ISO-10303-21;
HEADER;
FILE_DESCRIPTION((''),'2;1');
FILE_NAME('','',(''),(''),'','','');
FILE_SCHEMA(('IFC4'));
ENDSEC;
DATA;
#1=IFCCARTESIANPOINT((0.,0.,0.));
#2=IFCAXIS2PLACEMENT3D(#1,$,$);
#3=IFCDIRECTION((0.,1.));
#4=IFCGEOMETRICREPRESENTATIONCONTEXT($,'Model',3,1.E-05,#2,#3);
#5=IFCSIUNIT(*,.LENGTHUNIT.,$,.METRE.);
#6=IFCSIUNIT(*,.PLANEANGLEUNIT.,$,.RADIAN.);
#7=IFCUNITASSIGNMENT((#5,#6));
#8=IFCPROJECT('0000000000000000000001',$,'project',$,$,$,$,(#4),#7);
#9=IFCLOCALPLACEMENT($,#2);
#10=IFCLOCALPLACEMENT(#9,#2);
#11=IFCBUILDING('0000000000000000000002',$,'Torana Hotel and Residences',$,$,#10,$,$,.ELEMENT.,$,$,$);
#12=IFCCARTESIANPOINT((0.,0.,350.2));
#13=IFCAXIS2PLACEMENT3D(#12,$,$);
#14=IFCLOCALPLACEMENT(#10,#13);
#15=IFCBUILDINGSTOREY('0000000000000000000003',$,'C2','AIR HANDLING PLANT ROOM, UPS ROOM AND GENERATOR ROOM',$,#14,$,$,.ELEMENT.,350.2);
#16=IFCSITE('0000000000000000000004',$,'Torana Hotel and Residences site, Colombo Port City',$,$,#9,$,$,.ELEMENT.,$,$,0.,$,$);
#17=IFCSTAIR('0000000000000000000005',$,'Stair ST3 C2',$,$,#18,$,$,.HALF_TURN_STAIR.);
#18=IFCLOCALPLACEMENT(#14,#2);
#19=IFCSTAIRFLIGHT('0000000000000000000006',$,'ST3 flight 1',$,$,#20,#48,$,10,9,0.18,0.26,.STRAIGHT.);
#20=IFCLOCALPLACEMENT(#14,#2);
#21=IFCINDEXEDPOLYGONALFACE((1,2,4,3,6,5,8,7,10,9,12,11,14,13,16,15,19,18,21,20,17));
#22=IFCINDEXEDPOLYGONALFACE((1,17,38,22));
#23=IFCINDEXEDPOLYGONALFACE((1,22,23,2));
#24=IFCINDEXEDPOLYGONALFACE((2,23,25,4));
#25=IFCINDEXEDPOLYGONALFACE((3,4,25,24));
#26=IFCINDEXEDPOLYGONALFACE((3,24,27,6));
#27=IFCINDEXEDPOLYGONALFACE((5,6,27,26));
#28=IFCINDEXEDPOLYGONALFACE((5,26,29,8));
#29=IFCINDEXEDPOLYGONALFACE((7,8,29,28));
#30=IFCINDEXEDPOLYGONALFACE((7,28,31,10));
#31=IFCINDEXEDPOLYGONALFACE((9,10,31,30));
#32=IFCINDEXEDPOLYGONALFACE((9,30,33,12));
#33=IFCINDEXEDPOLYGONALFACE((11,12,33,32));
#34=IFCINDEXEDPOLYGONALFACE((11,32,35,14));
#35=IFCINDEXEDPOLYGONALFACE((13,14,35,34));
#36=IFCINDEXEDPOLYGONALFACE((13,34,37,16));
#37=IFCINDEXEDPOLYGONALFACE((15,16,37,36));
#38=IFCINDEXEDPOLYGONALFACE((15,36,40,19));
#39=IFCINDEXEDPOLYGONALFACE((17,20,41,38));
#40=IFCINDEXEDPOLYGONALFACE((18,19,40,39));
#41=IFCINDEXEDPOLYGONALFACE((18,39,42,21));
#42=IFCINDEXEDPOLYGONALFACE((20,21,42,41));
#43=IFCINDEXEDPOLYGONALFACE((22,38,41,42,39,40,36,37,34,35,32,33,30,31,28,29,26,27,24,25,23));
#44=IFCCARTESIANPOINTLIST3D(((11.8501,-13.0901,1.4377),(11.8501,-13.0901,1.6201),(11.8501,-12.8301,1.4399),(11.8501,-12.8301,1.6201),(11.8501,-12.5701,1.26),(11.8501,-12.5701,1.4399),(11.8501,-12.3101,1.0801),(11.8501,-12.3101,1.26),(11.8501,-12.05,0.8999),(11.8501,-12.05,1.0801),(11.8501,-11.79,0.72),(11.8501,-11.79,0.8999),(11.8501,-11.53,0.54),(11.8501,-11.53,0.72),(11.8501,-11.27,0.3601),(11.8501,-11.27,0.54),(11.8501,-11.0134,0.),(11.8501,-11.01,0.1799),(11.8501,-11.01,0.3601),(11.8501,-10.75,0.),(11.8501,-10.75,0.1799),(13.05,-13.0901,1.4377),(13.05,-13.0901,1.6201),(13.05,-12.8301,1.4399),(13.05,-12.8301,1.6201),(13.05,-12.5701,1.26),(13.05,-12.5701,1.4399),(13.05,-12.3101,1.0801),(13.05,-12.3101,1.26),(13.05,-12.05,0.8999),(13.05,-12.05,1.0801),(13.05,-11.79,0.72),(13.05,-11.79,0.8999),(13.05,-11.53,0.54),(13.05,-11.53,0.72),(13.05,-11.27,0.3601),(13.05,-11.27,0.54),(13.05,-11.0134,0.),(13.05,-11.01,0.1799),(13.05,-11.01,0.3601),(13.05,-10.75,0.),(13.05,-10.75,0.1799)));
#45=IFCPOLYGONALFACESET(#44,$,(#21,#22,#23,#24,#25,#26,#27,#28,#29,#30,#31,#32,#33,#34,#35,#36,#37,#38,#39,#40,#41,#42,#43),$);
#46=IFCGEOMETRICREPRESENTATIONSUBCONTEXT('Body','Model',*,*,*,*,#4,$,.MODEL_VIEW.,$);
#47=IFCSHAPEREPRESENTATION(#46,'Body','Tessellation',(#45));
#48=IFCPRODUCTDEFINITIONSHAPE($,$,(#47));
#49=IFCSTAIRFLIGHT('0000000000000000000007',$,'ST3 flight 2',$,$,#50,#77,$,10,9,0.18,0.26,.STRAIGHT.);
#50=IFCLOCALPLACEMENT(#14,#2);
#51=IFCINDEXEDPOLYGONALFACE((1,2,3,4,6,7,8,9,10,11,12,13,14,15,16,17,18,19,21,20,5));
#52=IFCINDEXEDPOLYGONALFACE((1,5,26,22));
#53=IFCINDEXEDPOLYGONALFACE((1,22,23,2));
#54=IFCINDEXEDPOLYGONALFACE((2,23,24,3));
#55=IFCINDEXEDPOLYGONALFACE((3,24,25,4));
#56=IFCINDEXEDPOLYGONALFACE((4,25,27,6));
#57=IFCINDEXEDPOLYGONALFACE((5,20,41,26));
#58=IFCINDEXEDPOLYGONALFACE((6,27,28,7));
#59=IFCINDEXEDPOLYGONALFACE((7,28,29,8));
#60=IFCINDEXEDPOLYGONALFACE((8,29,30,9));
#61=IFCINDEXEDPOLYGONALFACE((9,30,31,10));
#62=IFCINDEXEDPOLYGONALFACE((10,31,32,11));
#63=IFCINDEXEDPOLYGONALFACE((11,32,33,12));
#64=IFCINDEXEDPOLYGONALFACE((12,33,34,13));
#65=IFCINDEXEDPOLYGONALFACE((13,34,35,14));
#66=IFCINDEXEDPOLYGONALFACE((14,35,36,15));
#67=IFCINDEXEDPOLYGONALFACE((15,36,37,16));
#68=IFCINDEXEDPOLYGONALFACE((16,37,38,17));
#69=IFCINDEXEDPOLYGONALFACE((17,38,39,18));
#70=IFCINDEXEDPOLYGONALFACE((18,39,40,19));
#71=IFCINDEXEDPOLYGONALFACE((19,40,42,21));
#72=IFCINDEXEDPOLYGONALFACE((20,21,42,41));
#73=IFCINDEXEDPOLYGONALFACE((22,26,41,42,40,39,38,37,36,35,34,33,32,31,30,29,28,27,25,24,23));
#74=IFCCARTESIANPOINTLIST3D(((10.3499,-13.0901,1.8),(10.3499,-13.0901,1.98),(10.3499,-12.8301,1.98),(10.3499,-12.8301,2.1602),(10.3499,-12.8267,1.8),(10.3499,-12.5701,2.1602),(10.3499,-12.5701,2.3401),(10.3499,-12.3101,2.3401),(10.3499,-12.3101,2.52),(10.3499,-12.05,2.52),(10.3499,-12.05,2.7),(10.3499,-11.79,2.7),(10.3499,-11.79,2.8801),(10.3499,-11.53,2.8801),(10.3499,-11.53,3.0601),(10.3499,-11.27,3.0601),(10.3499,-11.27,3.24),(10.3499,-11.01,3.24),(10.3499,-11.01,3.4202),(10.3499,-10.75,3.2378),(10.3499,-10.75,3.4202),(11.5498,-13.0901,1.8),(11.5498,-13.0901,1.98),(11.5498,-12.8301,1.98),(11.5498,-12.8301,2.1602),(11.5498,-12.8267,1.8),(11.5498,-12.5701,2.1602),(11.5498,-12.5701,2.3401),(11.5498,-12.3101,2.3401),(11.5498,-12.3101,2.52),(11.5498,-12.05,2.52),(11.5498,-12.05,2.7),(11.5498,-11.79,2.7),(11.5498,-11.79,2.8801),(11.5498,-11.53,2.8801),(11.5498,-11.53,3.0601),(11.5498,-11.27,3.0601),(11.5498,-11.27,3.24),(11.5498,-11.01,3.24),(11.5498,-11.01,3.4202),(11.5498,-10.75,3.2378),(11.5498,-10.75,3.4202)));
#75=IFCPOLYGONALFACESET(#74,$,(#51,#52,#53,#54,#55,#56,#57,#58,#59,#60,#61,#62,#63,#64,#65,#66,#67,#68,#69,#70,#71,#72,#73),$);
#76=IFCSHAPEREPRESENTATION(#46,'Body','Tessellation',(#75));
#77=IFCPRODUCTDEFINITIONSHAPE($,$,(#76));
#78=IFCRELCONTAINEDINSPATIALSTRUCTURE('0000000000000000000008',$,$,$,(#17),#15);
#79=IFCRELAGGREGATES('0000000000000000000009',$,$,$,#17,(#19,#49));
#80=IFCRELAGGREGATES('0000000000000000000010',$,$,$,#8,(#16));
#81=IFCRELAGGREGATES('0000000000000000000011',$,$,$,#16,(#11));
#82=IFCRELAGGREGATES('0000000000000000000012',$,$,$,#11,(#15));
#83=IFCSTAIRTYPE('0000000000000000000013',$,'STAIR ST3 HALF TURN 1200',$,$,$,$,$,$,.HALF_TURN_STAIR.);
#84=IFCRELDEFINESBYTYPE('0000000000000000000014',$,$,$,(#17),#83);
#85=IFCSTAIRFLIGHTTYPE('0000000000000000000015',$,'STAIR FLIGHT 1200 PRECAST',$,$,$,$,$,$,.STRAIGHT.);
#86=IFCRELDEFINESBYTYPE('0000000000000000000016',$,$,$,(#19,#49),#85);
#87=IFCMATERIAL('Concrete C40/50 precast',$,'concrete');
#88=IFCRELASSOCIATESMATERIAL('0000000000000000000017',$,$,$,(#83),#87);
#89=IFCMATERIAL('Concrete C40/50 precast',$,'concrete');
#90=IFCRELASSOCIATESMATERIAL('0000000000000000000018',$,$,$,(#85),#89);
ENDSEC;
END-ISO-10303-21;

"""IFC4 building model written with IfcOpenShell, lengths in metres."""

from ifc_helpers import new_model, si_unit, direction, frame, origin, place, context, subcontext, project, spatial, polyline, outline, extrude, material, type_object, element, aggregate, save


model = new_model("IFC4")

# Units and contexts
model_context = context("Model", 3, precision=1e-05, world=origin(), true_north=direction((0.0, 1.0)))
body_context = subcontext(model_context, "Body", "Model", "MODEL_VIEW")
ifc_project = project(units=[si_unit("LENGTHUNIT", "METRE"), si_unit("PLANEANGLEUNIT", "RADIAN")], contexts=[model_context])

# Site, building, storey
site_placement = place(None, origin())
site = spatial("IfcSite", under=ifc_project, at=site_placement, Name="Torana Hotel and Residences site, Colombo Port City", CompositionType="ELEMENT", RefElevation=0.0)
building_placement = place(site_placement, origin())
building = spatial("IfcBuilding", under=site, at=building_placement, Name="Torana Hotel and Residences", CompositionType="ELEMENT")
storey_placement = place(building_placement, frame((0.0, 0.0, 350.2)))
storey = spatial("IfcBuildingStorey", under=building, at=storey_placement, Name="C2", Description="AIR HANDLING PLANT ROOM, UPS ROOM AND GENERATOR ROOM", CompositionType="ELEMENT", Elevation=350.2)

# Stair
ifc_material_1 = material(Name="Concrete C40/50 precast", Category="concrete")
stair_type_1 = type_object("IfcStairType", Name="STAIR ST3 HALF TURN 1200", PredefinedType="HALF_TURN_STAIR", material=ifc_material_1)
stair_1_placement = place(storey_placement, origin())
stair_1 = element("IfcStair", 1, at=stair_1_placement, inside=storey, type_object=stair_type_1, Name="Stair ST3 C2", PredefinedType="HALF_TURN_STAIR")

# Stair flights
ifc_material_2 = material(Name="Concrete C40/50 precast", Category="concrete")
stair_flight_type = type_object("IfcStairFlightType", Name="STAIR FLIGHT 1200 PRECAST", PredefinedType="STRAIGHT", material=ifc_material_2)
stair_flight_1_placement = place(storey_placement, frame((12.45, -10.75, 0.0), z_axis=(0.0, 0.0, 1.0), x_axis=(0.0, -1.0, 0.0)))
stair_flight_1 = element("IfcStairFlight", 2, at=stair_flight_1_placement, type_object=stair_flight_type, Name="ST3 flight 1", NumberOfRisers=10, NumberOfTreads=9, PredefinedType="STRAIGHT", RiserHeight=0.18, TreadLength=0.26, context=body_context, shape_type="SweptSolid", body=[
    extrude(outline(polyline([(0.0, 0.0), (0.0, 0.1799), (0.26, 0.1799), (0.26, 0.3601), (0.52, 0.3601), (0.52, 0.54), (0.78, 0.54), (0.78, 0.72), (1.04, 0.72), (1.04, 0.8999), (1.3, 0.8999), (1.3, 1.0801), (1.5601, 1.0801), (1.5601, 1.26), (1.8201, 1.26), (1.8201, 1.4399), (2.0801, 1.4399), (2.0801, 1.6201), (2.3401, 1.6201), (2.3401, 1.8), (2.3401, 1.4377), (0.2634, 0.0), (0.0, 0.0)])), frame((0.0, 0.6001, 0.0), z_axis=(0.0, -1.0, 0.0), x_axis=(1.0, 0.0, 0.0)), (0.0, 0.0, 1.0), 1.2),
])
stair_flight_2_placement = place(storey_placement, frame((10.95, -13.0901, 1.8), z_axis=(0.0, 0.0, 1.0), x_axis=(0.0, 1.0, 0.0)))
stair_flight_2 = element("IfcStairFlight", 3, at=stair_flight_2_placement, type_object=stair_flight_type, Name="ST3 flight 2", NumberOfRisers=10, NumberOfTreads=9, PredefinedType="STRAIGHT", RiserHeight=0.18, TreadLength=0.26, context=body_context, shape_type="SweptSolid", body=[
    extrude(outline(polyline([(0.0, 0.0), (0.0, 0.1799), (0.26, 0.1799), (0.26, 0.3601), (0.52, 0.3601), (0.52, 0.54), (0.78, 0.54), (0.78, 0.72), (1.04, 0.72), (1.04, 0.8999), (1.3, 0.8999), (1.3, 1.0801), (1.5601, 1.0801), (1.5601, 1.26), (1.8201, 1.26), (1.8201, 1.4399), (2.0801, 1.4399), (2.0801, 1.6201), (2.3401, 1.6201), (2.3401, 1.8), (2.3401, 1.4377), (0.2634, 0.0), (0.0, 0.0)])), frame((0.0, 0.6001, 0.0), z_axis=(0.0, -1.0, 0.0), x_axis=(1.0, 0.0, 0.0)), (0.0, 0.0, 1.0), 1.2),
])
aggregate(stair_1, [stair_flight_1, stair_flight_2])

save(model, "model.ifc")
